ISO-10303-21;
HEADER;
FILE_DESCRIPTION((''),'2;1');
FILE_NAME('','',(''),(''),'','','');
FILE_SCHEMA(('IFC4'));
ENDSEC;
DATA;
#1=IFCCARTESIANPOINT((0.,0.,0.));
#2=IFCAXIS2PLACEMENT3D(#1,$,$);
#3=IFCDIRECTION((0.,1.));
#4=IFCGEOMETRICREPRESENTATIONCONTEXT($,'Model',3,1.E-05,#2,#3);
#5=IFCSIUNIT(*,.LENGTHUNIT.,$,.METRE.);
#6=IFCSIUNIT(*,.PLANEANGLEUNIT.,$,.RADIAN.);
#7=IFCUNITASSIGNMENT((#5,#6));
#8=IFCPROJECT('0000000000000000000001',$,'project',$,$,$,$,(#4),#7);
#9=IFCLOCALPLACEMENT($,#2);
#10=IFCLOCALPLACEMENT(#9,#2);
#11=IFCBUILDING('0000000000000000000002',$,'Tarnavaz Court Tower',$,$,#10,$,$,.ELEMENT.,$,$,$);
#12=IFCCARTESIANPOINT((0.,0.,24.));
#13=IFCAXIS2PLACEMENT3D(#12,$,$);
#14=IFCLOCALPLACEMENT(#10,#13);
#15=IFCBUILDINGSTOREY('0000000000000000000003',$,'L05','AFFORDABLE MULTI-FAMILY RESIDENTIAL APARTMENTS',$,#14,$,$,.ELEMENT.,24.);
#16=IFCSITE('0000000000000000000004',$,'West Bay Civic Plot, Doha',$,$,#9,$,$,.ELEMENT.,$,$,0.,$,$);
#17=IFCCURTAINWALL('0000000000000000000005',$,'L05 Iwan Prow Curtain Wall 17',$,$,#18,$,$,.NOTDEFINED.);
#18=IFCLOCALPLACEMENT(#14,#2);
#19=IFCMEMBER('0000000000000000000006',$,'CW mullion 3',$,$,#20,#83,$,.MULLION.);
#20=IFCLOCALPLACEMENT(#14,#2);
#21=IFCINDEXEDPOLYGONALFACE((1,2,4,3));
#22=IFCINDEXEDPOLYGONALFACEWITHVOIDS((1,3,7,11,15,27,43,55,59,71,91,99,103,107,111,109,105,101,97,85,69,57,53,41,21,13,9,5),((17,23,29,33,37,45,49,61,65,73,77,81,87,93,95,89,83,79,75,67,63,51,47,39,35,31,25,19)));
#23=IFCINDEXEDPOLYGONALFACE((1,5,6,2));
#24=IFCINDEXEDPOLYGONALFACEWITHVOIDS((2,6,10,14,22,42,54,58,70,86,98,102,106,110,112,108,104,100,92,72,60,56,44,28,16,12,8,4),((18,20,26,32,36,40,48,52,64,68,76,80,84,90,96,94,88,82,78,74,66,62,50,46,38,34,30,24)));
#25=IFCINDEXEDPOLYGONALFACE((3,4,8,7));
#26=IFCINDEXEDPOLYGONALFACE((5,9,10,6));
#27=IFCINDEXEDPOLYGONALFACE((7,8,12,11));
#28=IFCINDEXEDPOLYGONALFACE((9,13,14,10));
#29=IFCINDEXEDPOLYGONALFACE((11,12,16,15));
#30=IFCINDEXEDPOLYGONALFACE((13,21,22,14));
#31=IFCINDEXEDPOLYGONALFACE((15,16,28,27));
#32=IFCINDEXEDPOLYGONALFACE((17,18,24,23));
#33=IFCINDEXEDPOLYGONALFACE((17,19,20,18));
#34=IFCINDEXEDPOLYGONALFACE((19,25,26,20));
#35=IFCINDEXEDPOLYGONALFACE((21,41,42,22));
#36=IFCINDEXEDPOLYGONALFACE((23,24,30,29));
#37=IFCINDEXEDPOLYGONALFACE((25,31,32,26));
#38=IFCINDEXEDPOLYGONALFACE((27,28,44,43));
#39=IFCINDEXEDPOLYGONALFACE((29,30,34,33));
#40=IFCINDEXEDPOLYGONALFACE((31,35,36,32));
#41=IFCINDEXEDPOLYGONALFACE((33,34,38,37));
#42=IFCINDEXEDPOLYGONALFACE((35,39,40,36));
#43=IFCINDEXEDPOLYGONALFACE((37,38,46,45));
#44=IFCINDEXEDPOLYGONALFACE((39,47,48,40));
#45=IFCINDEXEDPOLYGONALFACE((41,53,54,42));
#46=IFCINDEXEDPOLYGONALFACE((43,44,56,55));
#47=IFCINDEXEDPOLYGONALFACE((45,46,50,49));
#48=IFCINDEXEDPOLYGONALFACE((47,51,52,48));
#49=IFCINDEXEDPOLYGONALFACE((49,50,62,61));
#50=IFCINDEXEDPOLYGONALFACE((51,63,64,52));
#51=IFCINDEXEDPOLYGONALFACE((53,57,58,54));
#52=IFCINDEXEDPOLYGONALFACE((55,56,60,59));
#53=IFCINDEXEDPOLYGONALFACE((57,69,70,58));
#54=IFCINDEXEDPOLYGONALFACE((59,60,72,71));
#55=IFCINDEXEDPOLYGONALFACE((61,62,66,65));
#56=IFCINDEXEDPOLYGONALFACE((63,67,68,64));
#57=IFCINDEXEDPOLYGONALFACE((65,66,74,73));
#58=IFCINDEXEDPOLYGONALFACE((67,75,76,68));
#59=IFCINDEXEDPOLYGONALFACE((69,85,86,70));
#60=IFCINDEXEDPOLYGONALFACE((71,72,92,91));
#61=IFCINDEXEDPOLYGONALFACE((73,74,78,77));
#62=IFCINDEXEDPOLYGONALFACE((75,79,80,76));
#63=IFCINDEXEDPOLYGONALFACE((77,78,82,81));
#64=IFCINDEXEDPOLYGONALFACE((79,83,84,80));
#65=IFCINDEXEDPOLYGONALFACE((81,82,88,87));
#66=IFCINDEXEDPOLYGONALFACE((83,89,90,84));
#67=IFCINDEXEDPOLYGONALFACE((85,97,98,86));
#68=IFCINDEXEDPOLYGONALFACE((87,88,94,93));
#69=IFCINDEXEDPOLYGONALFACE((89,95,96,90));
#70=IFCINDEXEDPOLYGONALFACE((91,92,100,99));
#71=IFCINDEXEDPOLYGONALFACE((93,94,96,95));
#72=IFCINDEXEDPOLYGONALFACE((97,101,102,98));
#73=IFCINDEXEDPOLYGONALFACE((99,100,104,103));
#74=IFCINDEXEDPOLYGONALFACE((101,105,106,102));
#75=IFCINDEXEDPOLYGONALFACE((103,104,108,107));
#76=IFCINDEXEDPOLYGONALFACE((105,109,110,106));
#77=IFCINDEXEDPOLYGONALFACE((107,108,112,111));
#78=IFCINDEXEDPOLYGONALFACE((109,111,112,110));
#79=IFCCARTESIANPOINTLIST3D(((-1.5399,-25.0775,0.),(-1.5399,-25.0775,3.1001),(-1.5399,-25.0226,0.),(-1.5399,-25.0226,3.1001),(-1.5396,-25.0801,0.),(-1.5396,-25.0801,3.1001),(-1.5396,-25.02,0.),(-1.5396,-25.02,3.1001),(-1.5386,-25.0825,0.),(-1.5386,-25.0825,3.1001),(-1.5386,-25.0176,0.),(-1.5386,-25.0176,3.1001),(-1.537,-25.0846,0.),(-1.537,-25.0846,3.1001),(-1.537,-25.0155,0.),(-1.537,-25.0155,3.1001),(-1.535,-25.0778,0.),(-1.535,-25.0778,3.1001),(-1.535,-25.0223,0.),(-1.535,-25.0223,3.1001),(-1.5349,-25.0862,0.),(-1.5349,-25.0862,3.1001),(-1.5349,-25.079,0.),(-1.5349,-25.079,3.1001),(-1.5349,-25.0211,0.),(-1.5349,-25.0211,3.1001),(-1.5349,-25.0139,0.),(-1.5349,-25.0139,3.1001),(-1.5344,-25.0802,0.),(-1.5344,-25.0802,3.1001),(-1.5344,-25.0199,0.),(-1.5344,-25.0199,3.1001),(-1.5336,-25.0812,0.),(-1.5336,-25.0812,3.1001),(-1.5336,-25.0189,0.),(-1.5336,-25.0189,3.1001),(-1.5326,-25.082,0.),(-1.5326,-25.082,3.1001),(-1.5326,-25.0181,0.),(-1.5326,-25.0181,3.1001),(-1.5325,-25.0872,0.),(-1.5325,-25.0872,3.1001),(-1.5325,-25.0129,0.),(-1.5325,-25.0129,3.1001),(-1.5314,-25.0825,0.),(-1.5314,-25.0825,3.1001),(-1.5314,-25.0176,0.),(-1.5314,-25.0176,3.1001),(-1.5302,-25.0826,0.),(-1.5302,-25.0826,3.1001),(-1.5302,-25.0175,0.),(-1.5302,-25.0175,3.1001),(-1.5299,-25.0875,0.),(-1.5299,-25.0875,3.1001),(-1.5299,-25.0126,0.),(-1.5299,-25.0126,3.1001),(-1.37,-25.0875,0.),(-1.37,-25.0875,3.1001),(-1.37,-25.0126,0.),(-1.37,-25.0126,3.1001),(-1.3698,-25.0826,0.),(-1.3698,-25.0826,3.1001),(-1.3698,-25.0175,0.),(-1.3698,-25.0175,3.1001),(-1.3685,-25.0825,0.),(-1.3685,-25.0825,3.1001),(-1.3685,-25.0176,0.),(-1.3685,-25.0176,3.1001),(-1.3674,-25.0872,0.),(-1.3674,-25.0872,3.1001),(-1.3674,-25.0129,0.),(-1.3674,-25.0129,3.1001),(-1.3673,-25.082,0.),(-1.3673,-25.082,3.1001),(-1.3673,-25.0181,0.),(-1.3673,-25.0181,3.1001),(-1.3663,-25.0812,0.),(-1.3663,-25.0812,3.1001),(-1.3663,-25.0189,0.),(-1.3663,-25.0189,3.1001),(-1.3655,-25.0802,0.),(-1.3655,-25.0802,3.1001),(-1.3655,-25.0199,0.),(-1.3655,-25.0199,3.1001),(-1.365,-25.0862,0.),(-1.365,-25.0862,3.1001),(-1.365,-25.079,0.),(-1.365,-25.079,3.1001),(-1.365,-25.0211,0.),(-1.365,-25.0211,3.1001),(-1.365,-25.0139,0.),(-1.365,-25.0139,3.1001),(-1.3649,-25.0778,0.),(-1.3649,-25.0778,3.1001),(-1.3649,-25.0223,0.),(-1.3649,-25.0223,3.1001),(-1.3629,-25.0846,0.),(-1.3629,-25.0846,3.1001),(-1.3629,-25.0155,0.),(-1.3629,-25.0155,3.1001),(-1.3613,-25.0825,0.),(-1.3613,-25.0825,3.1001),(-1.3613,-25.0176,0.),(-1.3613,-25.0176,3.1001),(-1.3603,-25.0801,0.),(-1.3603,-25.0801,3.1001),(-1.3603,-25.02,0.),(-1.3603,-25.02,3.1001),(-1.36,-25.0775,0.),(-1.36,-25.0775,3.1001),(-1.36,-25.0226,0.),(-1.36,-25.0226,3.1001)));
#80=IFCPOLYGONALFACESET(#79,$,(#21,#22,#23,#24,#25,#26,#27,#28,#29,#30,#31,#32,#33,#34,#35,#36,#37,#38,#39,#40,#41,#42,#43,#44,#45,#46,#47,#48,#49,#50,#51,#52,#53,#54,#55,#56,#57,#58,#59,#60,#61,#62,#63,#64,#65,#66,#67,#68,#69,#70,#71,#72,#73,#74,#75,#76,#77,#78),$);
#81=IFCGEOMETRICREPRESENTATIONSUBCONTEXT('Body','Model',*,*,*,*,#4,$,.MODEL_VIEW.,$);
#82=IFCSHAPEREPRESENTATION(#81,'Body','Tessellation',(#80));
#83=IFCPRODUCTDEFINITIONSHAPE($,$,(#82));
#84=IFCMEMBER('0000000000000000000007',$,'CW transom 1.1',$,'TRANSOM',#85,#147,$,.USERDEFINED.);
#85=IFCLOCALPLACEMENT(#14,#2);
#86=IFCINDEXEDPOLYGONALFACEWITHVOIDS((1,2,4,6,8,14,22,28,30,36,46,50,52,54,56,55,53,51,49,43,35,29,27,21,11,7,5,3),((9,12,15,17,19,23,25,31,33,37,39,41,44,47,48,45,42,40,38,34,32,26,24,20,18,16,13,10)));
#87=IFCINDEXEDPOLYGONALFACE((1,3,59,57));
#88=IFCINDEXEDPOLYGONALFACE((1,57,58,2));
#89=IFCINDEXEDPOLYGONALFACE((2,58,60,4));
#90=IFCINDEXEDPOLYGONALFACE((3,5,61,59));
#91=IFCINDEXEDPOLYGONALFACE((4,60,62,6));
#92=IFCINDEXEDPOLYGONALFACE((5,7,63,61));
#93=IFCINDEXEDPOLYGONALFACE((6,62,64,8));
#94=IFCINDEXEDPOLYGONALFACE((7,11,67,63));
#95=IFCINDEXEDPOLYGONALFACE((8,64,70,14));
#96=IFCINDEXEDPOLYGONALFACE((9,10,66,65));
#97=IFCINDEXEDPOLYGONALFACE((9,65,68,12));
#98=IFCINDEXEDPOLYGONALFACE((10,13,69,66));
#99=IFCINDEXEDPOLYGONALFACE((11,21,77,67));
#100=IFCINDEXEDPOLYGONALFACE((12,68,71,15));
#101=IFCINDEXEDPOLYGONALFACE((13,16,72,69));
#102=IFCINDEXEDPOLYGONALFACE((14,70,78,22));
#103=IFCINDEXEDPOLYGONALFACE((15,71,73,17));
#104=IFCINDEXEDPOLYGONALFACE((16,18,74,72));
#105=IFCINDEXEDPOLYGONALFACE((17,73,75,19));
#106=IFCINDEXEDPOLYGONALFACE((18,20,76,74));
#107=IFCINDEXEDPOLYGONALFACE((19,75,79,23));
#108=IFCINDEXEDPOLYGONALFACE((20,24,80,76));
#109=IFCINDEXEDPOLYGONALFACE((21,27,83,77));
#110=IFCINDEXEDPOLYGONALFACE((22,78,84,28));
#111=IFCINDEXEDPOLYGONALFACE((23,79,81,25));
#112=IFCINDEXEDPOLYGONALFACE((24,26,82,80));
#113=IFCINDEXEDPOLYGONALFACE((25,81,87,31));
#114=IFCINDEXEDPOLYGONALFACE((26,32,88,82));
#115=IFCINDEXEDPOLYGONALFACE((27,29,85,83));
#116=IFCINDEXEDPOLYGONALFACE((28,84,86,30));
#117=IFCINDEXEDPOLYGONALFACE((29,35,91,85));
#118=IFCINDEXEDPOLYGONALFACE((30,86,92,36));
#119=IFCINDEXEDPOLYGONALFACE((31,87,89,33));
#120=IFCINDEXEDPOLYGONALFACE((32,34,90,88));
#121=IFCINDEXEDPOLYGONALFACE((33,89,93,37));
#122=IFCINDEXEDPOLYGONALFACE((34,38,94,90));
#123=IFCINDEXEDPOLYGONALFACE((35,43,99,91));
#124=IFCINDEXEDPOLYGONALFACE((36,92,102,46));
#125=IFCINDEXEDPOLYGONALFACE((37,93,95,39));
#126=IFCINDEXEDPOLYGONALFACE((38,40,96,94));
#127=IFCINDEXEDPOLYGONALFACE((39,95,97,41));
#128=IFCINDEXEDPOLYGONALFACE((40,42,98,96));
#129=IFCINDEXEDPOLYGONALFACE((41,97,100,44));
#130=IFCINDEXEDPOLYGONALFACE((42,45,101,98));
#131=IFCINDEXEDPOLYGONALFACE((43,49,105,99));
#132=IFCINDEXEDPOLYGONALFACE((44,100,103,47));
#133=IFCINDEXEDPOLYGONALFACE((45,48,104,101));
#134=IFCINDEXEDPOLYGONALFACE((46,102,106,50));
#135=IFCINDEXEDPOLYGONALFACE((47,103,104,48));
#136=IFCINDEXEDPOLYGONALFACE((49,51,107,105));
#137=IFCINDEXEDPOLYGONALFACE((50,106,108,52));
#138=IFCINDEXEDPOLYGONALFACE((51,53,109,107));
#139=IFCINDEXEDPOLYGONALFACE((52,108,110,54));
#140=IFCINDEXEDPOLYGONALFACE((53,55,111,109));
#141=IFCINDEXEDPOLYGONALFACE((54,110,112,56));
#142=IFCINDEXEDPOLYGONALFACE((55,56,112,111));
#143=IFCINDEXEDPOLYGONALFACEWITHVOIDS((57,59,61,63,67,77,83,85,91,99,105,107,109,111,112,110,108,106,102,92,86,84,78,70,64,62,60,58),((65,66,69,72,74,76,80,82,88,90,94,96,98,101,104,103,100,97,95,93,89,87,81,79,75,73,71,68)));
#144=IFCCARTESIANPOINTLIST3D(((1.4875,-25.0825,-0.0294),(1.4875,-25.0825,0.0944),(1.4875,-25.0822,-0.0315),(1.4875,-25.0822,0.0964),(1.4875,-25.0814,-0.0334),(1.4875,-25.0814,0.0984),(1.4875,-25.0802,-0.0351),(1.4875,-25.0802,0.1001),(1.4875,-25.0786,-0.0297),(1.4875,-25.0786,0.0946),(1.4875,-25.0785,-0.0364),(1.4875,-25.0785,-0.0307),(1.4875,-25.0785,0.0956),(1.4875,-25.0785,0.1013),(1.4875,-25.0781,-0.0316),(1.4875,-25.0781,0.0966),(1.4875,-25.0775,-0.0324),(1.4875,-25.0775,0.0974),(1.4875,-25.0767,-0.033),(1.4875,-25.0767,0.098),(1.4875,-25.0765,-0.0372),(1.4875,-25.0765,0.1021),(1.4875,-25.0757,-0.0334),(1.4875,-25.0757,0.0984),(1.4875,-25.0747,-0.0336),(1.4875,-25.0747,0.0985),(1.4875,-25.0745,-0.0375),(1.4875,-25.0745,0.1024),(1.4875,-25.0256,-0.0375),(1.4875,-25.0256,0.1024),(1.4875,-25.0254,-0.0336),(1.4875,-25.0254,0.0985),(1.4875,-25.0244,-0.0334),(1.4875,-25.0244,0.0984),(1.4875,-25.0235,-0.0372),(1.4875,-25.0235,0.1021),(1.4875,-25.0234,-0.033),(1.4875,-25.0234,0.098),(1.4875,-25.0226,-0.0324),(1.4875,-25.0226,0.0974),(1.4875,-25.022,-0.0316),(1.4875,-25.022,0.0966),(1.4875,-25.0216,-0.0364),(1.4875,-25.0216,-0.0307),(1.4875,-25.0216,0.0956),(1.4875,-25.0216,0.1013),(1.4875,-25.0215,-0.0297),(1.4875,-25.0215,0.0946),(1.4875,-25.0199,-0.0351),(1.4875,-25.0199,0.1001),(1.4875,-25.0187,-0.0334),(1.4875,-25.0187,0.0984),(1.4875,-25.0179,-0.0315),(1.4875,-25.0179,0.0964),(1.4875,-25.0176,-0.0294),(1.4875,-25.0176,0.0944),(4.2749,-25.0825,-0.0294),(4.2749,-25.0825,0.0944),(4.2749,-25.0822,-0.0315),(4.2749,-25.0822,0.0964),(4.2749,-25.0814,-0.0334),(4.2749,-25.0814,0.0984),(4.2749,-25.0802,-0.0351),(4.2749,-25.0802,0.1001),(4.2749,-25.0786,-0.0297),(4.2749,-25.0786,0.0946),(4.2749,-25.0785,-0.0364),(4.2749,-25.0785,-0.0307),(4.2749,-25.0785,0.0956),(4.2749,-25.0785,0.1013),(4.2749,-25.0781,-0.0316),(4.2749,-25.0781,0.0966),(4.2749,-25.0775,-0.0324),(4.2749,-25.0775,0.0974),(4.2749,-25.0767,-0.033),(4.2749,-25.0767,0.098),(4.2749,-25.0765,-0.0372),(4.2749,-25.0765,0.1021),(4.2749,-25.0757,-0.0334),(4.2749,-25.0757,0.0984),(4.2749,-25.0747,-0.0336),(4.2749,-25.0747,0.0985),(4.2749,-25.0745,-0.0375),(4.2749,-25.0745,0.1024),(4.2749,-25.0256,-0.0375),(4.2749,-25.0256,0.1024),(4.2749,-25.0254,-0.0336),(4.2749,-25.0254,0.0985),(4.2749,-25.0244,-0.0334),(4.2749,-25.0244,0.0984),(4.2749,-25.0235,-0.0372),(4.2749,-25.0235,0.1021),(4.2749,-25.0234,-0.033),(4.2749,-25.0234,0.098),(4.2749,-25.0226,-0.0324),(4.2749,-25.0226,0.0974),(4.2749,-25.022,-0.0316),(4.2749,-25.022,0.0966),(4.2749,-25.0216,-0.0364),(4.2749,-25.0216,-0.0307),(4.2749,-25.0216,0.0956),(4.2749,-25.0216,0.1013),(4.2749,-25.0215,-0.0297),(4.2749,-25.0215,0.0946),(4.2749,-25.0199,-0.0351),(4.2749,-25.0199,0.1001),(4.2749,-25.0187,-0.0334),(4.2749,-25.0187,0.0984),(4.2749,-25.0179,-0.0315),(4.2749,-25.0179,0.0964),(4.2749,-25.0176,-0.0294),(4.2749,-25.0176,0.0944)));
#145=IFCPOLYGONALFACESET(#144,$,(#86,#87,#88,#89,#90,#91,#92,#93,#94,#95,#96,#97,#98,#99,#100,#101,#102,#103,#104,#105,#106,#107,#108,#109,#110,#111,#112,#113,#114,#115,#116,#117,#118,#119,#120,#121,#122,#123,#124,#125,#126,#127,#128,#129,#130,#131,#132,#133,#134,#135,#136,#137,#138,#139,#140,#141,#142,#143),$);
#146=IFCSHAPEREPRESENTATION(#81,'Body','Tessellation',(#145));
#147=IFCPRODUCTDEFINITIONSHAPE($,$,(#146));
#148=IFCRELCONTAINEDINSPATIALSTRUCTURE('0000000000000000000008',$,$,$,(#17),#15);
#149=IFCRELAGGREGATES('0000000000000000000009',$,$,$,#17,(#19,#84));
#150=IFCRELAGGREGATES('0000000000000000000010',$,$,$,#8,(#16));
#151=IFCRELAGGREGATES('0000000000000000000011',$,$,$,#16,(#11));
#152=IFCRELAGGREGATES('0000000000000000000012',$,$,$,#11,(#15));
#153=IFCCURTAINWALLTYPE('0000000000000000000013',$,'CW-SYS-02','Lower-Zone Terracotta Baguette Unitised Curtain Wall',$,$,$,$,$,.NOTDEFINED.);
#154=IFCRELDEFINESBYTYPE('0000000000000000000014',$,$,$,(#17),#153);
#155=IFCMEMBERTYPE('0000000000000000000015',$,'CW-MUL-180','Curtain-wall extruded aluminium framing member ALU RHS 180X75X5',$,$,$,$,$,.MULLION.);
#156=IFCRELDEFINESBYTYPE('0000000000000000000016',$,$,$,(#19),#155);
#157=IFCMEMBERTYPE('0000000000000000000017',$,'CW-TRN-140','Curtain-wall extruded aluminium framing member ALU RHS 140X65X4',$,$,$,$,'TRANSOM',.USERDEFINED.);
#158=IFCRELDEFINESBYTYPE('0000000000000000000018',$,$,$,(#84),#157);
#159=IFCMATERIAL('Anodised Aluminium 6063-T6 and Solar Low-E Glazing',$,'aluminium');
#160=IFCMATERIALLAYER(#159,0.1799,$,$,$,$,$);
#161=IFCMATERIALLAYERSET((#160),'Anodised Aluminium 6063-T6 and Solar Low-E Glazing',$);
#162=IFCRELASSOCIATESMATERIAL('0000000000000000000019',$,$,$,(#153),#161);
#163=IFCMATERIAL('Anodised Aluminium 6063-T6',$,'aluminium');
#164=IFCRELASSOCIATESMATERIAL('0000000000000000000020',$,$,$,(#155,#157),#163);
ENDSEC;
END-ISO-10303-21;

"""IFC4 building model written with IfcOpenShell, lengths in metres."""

from ifc_helpers import new_model, si_unit, direction, frame, origin, origin_2d, place, context, subcontext, project, spatial, hollow_rectangle, extrude, material, layer, layer_set, material_profile, profile_set, type_object, element, aggregate, save


model = new_model("IFC4")

# Units and contexts
model_context = context("Model", 3, precision=1e-05, world=origin(), true_north=direction((0.0, 1.0)))
body_context = subcontext(model_context, "Body", "Model", "MODEL_VIEW")
ifc_project = project(units=[si_unit("LENGTHUNIT", "METRE"), si_unit("PLANEANGLEUNIT", "RADIAN")], contexts=[model_context])

# Site, building, storey
site_placement = place(None, origin())
site = spatial("IfcSite", under=ifc_project, at=site_placement, Name="West Bay Civic Plot, Doha", CompositionType="ELEMENT", RefElevation=0.0)
building_placement = place(site_placement, origin())
building = spatial("IfcBuilding", under=site, at=building_placement, Name="Tarnavaz Court Tower", CompositionType="ELEMENT")
storey_placement = place(building_placement, frame((0.0, 0.0, 24.0)))
storey = spatial("IfcBuildingStorey", under=building, at=storey_placement, Name="L05", Description="AFFORDABLE MULTI-FAMILY RESIDENTIAL APARTMENTS", CompositionType="ELEMENT", Elevation=24.0)

# Curtain wall, members
ifc_material_1 = material(Name="Anodised Aluminium 6063-T6 and Solar Low-E Glazing", Category="aluminium")
ifc_layer_1 = layer(ifc_material_1, 0.1799)
ifc_layer_set_1 = layer_set([ifc_layer_1], Name="Anodised Aluminium 6063-T6 and Solar Low-E Glazing")
curtain_wall_type = type_object("IfcCurtainWallType", Name="CW-SYS-02", Description="Lower-Zone Terracotta Baguette Unitised Curtain Wall", PredefinedType="NOTDEFINED", material=ifc_layer_set_1)
curtain_wall_placement = place(storey_placement, origin())
curtain_wall = element("IfcCurtainWall", 1, at=curtain_wall_placement, inside=storey, type_object=curtain_wall_type, Name="L05 Iwan Prow Curtain Wall 17", PredefinedType="NOTDEFINED")
ifc_material_2 = material(Name="Anodised Aluminium 6063-T6", Category="aluminium")
ifc_material_profile_1 = material_profile(ifc_material_2, hollow_rectangle(XDim=0.075, YDim=0.1799, WallThickness=0.0049, InnerFilletRadius=0.0049, OuterFilletRadius=0.01, at=origin_2d()), Name="ALU RHS 180X75X5")
ifc_profile_set_1 = profile_set([ifc_material_profile_1], Name="Anodised Aluminium 6063-T6")
member_type_1 = type_object("IfcMemberType", Name="CW-MUL-180", Description="Curtain-wall extruded aluminium framing member ALU RHS 180X75X5", PredefinedType="MULLION", material=ifc_profile_set_1)
member_1_placement = place(storey_placement, frame((-1.45, -25.05, 0.0), z_axis=(0.0, 0.0, 1.0), x_axis=(0.0, -1.0, 0.0)))
member_1 = element("IfcMember", 2, at=member_1_placement, type_object=member_type_1, Name="CW mullion 3", PredefinedType="MULLION", context=body_context, shape_type="SweptSolid", body=[
    extrude(hollow_rectangle(XDim=0.075, YDim=0.1799, WallThickness=0.0049, InnerFilletRadius=0.0049, OuterFilletRadius=0.01, at=origin_2d()), origin(), (0.0, 0.0, 1.0), 3.1001),
])
ifc_material_profile_2 = material_profile(ifc_material_2, hollow_rectangle(XDim=0.0649, YDim=0.1399, WallThickness=0.0039, InnerFilletRadius=0.0039, OuterFilletRadius=0.0081, at=origin_2d()), Name="ALU RHS 140X65X4")
ifc_profile_set_2 = profile_set([ifc_material_profile_2], Name="Anodised Aluminium 6063-T6")
member_type_2 = type_object("IfcMemberType", Name="CW-TRN-140", Description="Curtain-wall extruded aluminium framing member ALU RHS 140X65X4", ElementType="TRANSOM", PredefinedType="USERDEFINED", material=ifc_profile_set_2)
member_2_placement = place(storey_placement, frame((4.2749, -25.05, 0.0325), z_axis=(-1.0, 0.0, 0.0), x_axis=(0.0, -1.0, 0.0)))
member_2 = element("IfcMember", 3, at=member_2_placement, type_object=member_type_2, Name="CW transom 1.1", ObjectType="TRANSOM", PredefinedType="USERDEFINED", context=body_context, shape_type="SweptSolid", body=[
    extrude(hollow_rectangle(XDim=0.0649, YDim=0.1399, WallThickness=0.0039, InnerFilletRadius=0.0039, OuterFilletRadius=0.0081, at=origin_2d()), origin(), (0.0, 0.0, 1.0), 2.7874),
])
aggregate(curtain_wall, [member_1, member_2])

save(model, "model.ifc")
